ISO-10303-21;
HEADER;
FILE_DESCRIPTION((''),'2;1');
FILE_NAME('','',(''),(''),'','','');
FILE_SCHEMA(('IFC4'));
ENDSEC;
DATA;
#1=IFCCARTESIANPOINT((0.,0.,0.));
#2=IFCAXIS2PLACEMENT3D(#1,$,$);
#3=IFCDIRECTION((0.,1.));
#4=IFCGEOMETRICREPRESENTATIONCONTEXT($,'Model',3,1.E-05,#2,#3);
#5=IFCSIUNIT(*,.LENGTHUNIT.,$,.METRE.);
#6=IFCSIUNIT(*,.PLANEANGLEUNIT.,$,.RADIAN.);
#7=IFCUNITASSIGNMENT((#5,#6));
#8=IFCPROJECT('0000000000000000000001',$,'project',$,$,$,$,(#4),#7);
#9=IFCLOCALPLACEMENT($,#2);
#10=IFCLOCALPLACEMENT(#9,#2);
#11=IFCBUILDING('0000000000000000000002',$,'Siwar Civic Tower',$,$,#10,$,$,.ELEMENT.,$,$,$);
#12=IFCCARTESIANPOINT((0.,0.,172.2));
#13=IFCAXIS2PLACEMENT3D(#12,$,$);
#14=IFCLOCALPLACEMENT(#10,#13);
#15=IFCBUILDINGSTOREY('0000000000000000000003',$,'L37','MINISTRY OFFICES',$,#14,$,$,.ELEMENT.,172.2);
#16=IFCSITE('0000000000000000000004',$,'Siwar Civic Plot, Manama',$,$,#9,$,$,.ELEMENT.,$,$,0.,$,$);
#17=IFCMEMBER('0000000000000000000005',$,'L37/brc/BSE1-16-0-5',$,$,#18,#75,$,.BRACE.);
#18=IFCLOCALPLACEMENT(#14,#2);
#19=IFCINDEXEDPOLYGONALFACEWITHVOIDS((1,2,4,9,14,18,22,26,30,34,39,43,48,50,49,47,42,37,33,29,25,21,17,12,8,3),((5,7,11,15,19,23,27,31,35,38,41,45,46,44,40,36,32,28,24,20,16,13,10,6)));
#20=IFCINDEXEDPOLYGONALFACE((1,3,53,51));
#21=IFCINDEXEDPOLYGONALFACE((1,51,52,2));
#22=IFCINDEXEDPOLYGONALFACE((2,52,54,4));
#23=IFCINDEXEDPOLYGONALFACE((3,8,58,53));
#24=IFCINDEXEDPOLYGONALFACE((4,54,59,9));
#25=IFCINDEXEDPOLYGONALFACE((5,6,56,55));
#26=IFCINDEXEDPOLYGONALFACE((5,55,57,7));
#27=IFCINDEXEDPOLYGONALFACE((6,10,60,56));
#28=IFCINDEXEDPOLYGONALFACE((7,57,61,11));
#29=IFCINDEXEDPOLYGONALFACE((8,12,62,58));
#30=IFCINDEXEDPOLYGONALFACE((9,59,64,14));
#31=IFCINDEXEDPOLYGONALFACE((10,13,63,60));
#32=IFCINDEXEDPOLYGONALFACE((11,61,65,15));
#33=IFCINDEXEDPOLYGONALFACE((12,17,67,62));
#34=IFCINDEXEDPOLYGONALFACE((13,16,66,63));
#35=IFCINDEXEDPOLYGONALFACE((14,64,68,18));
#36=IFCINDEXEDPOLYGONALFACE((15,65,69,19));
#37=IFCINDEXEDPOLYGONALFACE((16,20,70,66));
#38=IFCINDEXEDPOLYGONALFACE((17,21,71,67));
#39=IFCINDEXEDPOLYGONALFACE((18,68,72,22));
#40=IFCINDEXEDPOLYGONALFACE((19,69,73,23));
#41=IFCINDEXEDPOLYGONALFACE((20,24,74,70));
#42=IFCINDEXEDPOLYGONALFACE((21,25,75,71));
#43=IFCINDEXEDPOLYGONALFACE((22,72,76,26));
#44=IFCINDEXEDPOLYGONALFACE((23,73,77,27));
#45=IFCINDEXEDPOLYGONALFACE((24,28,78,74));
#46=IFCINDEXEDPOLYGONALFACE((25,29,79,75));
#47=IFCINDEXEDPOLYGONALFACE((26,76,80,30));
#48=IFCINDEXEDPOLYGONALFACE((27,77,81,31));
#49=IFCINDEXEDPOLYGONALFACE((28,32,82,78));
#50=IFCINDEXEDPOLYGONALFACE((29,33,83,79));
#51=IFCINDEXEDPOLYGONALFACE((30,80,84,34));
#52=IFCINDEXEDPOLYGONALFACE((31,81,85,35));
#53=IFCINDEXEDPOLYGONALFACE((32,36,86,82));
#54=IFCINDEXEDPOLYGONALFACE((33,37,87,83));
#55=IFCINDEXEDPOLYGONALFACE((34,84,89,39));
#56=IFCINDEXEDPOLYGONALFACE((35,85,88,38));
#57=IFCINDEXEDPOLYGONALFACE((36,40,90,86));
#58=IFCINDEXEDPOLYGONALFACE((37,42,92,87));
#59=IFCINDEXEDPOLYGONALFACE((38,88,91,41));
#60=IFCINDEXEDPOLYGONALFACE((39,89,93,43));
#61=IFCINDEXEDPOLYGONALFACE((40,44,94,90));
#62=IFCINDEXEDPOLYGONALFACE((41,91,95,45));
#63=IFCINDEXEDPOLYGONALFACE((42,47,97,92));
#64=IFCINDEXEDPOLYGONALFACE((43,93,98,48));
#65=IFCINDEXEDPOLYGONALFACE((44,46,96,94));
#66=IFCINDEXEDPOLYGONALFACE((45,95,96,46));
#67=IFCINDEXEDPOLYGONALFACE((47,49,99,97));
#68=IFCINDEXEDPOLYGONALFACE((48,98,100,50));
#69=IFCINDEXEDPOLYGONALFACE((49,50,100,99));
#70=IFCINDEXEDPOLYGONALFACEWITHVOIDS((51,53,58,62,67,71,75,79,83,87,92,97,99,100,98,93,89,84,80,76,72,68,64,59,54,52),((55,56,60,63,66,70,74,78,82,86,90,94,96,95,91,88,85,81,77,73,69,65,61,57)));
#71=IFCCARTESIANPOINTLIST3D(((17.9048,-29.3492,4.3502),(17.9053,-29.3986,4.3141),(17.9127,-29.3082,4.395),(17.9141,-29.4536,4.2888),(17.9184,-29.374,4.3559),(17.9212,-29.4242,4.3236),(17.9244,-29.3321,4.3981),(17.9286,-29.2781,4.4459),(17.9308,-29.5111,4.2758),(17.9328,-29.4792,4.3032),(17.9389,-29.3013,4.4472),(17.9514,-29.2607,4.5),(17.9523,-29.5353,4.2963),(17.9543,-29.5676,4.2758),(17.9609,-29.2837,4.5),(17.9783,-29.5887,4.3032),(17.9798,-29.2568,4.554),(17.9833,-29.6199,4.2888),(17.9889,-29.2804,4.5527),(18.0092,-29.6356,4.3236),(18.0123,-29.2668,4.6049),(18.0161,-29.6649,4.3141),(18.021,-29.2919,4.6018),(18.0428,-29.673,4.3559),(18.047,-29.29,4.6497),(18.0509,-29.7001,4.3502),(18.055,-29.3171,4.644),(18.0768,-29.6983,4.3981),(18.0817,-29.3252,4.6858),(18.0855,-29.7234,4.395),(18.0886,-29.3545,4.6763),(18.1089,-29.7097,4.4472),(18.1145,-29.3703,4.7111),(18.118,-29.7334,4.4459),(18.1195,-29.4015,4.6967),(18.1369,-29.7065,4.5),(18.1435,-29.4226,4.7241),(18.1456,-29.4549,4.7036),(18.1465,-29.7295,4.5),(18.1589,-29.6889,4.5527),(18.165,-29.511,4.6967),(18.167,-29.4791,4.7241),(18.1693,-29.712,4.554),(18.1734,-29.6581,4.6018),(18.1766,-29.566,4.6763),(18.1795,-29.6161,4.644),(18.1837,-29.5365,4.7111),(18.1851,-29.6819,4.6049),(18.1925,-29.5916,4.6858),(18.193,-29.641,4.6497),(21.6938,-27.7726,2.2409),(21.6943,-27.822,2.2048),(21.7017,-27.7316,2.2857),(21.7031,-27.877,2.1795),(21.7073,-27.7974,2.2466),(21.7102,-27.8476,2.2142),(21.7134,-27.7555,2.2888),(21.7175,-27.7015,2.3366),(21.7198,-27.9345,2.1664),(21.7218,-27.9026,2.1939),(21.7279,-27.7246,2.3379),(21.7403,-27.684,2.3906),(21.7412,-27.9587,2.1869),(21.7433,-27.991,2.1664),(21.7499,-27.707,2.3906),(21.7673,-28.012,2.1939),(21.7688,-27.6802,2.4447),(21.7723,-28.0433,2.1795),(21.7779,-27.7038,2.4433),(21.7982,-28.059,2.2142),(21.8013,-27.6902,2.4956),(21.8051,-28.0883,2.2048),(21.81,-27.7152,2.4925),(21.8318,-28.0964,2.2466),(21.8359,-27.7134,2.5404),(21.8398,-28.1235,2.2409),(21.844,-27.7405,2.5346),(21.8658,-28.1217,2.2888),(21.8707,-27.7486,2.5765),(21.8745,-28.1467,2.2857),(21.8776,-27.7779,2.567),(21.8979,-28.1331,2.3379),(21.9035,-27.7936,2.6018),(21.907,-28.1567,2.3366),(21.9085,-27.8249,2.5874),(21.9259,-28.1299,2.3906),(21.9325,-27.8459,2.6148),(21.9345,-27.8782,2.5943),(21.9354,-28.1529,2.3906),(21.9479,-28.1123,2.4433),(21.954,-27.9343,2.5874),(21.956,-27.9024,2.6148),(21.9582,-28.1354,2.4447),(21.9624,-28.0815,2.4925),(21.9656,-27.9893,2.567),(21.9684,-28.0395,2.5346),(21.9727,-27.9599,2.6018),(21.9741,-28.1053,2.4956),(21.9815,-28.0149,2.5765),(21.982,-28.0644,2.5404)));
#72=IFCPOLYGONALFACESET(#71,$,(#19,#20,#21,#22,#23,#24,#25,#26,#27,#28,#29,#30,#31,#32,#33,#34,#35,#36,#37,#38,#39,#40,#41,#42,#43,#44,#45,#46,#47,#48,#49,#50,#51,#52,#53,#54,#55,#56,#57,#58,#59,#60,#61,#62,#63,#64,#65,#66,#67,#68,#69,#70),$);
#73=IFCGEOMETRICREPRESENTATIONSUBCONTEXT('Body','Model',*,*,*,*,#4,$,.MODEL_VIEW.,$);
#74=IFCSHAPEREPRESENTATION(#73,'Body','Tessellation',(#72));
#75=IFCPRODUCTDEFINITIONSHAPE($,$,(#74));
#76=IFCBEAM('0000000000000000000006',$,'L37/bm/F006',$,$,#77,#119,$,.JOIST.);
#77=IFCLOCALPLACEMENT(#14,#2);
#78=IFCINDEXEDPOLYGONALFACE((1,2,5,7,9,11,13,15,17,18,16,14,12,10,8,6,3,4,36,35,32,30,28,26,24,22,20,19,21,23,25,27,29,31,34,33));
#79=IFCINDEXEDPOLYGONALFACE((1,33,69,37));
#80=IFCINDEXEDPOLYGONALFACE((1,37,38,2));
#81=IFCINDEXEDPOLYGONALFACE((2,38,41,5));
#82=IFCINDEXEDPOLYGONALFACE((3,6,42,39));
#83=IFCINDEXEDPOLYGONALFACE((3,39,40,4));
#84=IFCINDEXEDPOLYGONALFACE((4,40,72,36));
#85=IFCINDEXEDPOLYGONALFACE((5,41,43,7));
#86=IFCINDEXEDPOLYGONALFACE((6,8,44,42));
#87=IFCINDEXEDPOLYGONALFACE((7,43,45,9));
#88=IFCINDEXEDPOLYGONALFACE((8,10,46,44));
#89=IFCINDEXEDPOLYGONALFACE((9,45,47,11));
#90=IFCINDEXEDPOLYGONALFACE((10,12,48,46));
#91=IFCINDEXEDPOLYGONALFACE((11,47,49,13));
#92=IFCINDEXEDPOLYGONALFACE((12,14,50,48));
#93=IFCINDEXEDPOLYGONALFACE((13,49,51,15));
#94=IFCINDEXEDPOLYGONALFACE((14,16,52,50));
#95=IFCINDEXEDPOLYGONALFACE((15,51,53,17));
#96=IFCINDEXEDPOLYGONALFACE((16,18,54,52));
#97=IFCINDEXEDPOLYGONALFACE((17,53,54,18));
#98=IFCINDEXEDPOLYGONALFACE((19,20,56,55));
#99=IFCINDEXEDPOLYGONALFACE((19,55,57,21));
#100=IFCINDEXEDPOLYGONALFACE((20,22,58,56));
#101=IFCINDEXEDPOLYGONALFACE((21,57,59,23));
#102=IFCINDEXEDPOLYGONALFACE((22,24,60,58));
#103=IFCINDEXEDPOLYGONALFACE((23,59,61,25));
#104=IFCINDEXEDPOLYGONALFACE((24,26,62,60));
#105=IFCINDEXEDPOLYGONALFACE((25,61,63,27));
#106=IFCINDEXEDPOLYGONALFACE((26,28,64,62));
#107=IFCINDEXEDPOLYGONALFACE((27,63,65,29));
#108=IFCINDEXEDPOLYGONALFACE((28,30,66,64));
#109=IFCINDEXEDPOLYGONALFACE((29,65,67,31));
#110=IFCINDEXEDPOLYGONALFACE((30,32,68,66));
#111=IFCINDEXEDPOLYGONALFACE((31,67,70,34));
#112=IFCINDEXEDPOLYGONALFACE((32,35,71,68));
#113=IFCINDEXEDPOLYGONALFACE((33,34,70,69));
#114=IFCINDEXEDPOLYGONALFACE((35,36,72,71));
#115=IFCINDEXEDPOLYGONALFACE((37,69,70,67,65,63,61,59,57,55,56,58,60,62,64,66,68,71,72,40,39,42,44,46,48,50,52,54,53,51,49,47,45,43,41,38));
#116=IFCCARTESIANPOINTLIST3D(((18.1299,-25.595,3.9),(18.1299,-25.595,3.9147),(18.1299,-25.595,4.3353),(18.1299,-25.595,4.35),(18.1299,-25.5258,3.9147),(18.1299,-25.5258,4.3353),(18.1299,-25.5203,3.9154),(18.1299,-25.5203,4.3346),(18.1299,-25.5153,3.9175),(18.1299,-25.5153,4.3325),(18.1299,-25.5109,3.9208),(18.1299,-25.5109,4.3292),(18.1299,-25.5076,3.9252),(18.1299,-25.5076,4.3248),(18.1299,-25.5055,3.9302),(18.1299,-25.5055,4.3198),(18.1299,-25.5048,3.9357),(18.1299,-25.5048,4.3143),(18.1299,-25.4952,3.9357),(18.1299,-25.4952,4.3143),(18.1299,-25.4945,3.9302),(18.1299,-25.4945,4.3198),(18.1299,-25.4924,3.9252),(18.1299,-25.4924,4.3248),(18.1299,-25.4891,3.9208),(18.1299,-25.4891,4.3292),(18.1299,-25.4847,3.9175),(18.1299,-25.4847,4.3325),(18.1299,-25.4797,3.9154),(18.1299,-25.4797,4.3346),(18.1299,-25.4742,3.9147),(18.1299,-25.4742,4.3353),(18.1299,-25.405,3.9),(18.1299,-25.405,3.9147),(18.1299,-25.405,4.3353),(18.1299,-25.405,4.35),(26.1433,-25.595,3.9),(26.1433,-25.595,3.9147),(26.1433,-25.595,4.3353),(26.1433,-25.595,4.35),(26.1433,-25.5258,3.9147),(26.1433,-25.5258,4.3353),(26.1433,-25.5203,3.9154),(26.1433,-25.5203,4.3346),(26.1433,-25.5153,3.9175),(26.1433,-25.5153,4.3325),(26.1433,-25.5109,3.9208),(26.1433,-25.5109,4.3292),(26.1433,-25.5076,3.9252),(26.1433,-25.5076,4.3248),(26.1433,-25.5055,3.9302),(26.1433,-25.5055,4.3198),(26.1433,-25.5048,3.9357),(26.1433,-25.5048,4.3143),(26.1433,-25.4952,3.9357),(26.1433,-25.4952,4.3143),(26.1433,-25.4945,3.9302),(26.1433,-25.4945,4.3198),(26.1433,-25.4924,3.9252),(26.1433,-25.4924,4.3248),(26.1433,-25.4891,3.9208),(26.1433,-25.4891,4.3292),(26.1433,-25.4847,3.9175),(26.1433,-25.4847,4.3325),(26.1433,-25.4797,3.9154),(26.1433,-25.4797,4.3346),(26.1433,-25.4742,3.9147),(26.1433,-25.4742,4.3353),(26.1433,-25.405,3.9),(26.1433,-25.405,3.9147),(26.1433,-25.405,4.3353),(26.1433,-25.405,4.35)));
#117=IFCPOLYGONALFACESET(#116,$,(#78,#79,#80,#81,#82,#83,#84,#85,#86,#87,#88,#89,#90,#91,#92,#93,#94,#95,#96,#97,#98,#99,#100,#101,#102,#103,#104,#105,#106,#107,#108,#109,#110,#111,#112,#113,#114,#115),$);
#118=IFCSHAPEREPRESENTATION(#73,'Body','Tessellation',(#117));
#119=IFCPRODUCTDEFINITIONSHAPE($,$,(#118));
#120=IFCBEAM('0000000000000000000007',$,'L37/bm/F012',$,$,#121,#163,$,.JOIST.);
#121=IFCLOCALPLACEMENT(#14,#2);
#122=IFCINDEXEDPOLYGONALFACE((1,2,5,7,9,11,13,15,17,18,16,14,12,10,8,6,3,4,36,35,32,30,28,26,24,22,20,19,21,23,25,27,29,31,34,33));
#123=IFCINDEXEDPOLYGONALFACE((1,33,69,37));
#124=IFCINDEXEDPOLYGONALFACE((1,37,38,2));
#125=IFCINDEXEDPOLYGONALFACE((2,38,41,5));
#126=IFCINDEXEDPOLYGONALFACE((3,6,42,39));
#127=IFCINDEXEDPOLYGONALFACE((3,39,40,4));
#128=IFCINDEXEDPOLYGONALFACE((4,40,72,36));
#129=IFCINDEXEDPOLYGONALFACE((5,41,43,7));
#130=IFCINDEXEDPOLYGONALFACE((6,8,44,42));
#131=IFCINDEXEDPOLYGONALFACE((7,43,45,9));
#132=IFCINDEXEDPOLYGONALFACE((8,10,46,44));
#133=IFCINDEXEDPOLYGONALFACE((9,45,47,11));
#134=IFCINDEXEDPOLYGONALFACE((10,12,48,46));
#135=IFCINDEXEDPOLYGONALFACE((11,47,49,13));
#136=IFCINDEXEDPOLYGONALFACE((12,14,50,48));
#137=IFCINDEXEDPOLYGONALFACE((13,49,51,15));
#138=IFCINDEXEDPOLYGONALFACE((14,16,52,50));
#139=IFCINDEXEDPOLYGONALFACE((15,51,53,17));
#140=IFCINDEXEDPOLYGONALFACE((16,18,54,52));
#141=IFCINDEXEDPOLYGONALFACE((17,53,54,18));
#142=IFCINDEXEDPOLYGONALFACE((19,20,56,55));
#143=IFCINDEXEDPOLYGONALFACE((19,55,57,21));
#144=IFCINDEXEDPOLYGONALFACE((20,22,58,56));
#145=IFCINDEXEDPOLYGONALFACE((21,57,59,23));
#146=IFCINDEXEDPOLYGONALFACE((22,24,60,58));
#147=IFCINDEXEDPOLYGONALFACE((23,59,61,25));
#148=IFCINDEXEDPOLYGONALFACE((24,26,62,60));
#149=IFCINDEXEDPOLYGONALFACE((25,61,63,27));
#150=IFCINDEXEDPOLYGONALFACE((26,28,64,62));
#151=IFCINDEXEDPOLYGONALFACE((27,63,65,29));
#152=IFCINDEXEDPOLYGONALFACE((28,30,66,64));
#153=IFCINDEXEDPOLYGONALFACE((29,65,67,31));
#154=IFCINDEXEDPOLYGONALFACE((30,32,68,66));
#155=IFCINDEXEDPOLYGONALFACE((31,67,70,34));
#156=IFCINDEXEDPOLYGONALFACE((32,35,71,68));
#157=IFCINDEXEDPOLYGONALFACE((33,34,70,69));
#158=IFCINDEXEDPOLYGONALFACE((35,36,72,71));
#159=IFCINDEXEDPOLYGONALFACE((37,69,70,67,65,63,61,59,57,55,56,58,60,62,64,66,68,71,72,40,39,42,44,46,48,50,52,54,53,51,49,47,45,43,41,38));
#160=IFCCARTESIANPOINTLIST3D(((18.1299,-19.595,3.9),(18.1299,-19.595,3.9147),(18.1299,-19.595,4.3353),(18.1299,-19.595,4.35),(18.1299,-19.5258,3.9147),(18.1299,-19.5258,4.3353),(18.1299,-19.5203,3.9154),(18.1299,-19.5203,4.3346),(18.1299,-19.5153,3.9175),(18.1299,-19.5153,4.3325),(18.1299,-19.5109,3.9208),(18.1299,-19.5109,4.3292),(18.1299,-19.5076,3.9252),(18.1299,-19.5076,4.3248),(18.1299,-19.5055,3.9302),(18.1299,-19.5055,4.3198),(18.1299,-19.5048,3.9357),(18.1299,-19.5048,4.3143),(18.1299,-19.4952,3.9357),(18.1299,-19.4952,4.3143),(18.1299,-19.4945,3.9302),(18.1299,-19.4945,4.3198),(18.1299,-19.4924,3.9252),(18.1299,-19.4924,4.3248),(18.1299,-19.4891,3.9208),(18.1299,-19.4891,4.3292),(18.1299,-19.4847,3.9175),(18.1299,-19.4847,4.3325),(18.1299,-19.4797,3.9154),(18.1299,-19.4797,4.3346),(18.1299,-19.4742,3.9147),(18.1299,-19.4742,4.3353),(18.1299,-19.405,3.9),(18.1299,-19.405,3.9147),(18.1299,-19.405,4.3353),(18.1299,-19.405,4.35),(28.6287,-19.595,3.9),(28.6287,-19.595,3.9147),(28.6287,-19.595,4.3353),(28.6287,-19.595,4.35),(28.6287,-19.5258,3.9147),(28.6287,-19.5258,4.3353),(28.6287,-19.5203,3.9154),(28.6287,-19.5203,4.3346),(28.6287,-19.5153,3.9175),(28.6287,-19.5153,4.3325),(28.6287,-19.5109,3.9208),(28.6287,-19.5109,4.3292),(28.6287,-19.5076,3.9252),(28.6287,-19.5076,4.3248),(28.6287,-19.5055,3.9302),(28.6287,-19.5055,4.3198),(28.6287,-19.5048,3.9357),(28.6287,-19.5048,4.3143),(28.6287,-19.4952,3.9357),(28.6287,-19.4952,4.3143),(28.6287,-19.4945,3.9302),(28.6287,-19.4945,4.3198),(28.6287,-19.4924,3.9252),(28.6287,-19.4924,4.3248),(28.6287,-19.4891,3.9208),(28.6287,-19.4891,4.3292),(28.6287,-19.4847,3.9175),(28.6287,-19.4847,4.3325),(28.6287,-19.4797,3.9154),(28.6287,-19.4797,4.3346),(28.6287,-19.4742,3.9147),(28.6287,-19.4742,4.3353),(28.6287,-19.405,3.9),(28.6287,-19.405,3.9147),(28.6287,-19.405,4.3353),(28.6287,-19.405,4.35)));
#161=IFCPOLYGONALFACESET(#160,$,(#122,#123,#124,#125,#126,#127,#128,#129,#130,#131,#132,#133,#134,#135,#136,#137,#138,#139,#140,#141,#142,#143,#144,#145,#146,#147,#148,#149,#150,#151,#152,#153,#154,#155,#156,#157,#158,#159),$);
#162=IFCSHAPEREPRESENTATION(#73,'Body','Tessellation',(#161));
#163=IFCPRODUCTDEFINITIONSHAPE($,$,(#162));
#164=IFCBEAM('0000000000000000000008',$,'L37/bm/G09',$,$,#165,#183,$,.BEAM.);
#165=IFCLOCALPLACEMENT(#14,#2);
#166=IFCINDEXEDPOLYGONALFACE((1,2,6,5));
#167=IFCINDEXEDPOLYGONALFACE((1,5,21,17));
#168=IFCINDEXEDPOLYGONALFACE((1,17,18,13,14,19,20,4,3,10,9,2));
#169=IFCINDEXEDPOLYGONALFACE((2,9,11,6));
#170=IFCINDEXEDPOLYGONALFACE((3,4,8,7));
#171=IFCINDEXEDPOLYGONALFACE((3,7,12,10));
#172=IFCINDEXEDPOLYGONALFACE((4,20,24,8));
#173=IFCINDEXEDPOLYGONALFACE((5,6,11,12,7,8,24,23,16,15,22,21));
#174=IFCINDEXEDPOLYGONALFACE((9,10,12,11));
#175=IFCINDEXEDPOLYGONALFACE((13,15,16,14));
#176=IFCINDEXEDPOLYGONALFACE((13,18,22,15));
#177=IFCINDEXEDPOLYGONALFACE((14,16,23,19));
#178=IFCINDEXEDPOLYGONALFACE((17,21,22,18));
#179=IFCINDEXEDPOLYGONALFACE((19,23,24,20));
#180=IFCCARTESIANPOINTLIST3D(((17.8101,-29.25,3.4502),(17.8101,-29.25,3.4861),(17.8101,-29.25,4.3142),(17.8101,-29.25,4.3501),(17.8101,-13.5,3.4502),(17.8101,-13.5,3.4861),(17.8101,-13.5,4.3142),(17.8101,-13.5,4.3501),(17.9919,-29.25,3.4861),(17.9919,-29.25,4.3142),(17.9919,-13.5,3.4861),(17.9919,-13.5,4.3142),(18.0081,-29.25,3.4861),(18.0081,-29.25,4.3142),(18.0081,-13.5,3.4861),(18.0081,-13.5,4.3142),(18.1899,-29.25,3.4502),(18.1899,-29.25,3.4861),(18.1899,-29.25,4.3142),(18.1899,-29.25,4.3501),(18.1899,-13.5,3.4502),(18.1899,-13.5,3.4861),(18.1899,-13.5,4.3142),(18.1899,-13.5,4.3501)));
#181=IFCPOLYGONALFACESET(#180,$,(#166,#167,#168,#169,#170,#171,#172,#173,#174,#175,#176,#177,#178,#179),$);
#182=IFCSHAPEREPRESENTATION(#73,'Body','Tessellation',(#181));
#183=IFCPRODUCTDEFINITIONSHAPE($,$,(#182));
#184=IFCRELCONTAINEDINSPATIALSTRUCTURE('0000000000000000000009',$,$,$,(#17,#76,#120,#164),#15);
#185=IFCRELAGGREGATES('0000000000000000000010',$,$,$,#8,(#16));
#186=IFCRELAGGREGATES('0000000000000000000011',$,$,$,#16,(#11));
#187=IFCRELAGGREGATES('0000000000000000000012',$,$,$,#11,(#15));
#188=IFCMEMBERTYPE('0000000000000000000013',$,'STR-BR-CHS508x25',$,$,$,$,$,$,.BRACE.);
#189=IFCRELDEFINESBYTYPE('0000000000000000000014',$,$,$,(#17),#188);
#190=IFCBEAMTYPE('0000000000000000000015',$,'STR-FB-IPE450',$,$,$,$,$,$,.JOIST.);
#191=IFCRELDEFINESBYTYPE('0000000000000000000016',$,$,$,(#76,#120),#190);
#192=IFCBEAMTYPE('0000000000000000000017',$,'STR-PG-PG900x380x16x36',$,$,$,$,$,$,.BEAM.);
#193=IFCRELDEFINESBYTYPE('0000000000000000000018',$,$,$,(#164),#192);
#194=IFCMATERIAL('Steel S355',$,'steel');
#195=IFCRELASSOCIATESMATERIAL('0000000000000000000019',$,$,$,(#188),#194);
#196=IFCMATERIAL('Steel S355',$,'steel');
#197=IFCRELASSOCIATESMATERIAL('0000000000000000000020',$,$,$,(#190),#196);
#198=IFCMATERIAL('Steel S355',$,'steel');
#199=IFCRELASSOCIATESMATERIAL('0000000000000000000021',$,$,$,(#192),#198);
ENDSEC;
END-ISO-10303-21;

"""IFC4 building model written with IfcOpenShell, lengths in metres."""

from ifc_helpers import new_model, si_unit, direction, frame, origin, origin_2d, place, context, subcontext, project, spatial, hollow_circle, i_section, extrude, material, material_profile, profile_set, type_object, element, save


model = new_model("IFC4")

# Units and contexts
model_context = context("Model", 3, precision=1e-05, world=origin(), true_north=direction((0.0, 1.0)))
body_context = subcontext(model_context, "Body", "Model", "MODEL_VIEW")
ifc_project = project(units=[si_unit("LENGTHUNIT", "METRE"), si_unit("PLANEANGLEUNIT", "RADIAN")], contexts=[model_context])

# Site, building, storey
site_placement = place(None, origin())
site = spatial("IfcSite", under=ifc_project, at=site_placement, Name="Siwar Civic Plot, Manama", CompositionType="ELEMENT", RefElevation=0.0)
building_placement = place(site_placement, origin())
building = spatial("IfcBuilding", under=site, at=building_placement, Name="Siwar Civic Tower", CompositionType="ELEMENT")
storey_placement = place(building_placement, frame((0.0, 0.0, 172.2)))
storey = spatial("IfcBuildingStorey", under=building, at=storey_placement, Name="L37", Description="MINISTRY OFFICES", CompositionType="ELEMENT", Elevation=172.2)

# Member
ifc_material_1 = material(Name="Steel S355", Category="steel")
ifc_material_profile_1 = material_profile(ifc_material_1, hollow_circle(Radius=0.2539, WallThickness=0.0249, at=origin_2d()), Name="CHS508x25")
ifc_profile_set_1 = profile_set([ifc_material_profile_1], Name="Steel S355")
member_type_1 = type_object("IfcMemberType", Name="STR-BR-CHS508x25", PredefinedType="BRACE", material=ifc_profile_set_1)
member_1_placement = place(storey_placement, frame((21.8379, -27.9185, 2.3906), z_axis=(-0.821146, -0.341686, 0.457133), x_axis=(0.384176, -0.92326, 0.0)))
element("IfcMember", 1, at=member_1_placement, inside=storey, type_object=member_type_1, Name="L37/brc/BSE1-16-0-5", PredefinedType="BRACE", context=body_context, shape_type="SweptSolid", body=[
    extrude(hollow_circle(Radius=0.2539, WallThickness=0.0249, at=origin_2d()), origin(), (0.0, 0.0, 1.0), 4.6143),
])

# Beams
ifc_material_2 = material(Name="Steel S355", Category="steel")
ifc_material_profile_2 = material_profile(ifc_material_2, i_section(OverallWidth=0.1899, OverallDepth=0.45, WebThickness=0.0095, FlangeThickness=0.0146, FilletRadius=0.021, at=origin_2d()), Name="IPE450")
ifc_profile_set_2 = profile_set([ifc_material_profile_2], Name="Steel S355")
beam_type_1 = type_object("IfcBeamType", Name="STR-FB-IPE450", PredefinedType="JOIST", material=ifc_profile_set_2)
beam_1_placement = place(storey_placement, frame((18.1299, -25.5, 4.125), z_axis=(1.0, 0.0, 0.0), x_axis=(0.0, 1.0, 0.0)))
element("IfcBeam", 2, at=beam_1_placement, inside=storey, type_object=beam_type_1, Name="L37/bm/F006", PredefinedType="JOIST", context=body_context, shape_type="SweptSolid", body=[
    extrude(i_section(OverallWidth=0.1899, OverallDepth=0.45, WebThickness=0.0095, FlangeThickness=0.0146, FilletRadius=0.021, at=origin_2d()), origin(), (0.0, 0.0, 1.0), 8.0134),
])
beam_2_placement = place(storey_placement, frame((18.1299, -19.5, 4.125), z_axis=(1.0, 0.0, 0.0), x_axis=(0.0, 1.0, 0.0)))
element("IfcBeam", 3, at=beam_2_placement, inside=storey, type_object=beam_type_1, Name="L37/bm/F012", PredefinedType="JOIST", context=body_context, shape_type="SweptSolid", body=[
    extrude(i_section(OverallWidth=0.1899, OverallDepth=0.45, WebThickness=0.0095, FlangeThickness=0.0146, FilletRadius=0.021, at=origin_2d()), origin(), (0.0, 0.0, 1.0), 10.4988),
])
ifc_material_3 = material(Name="Steel S355", Category="steel")
ifc_material_profile_3 = material_profile(ifc_material_3, i_section(OverallWidth=0.3799, OverallDepth=0.8999, WebThickness=0.0161, FlangeThickness=0.0359, at=origin_2d()), Name="PG900x380x16x36")
ifc_profile_set_3 = profile_set([ifc_material_profile_3], Name="Steel S355")
beam_type_2 = type_object("IfcBeamType", Name="STR-PG-PG900x380x16x36", PredefinedType="BEAM", material=ifc_profile_set_3)
beam_3_placement = place(storey_placement, frame((18.0, -29.25, 3.9001), z_axis=(0.0, 1.0, 0.0), x_axis=(-1.0, 0.0, 0.0)))
element("IfcBeam", 4, at=beam_3_placement, inside=storey, type_object=beam_type_2, Name="L37/bm/G09", PredefinedType="BEAM", context=body_context, shape_type="SweptSolid", body=[
    extrude(i_section(OverallWidth=0.3799, OverallDepth=0.8999, WebThickness=0.0161, FlangeThickness=0.0359, at=origin_2d()), origin(), (0.0, 0.0, 1.0), 15.75),
])

save(model, "model.ifc")
